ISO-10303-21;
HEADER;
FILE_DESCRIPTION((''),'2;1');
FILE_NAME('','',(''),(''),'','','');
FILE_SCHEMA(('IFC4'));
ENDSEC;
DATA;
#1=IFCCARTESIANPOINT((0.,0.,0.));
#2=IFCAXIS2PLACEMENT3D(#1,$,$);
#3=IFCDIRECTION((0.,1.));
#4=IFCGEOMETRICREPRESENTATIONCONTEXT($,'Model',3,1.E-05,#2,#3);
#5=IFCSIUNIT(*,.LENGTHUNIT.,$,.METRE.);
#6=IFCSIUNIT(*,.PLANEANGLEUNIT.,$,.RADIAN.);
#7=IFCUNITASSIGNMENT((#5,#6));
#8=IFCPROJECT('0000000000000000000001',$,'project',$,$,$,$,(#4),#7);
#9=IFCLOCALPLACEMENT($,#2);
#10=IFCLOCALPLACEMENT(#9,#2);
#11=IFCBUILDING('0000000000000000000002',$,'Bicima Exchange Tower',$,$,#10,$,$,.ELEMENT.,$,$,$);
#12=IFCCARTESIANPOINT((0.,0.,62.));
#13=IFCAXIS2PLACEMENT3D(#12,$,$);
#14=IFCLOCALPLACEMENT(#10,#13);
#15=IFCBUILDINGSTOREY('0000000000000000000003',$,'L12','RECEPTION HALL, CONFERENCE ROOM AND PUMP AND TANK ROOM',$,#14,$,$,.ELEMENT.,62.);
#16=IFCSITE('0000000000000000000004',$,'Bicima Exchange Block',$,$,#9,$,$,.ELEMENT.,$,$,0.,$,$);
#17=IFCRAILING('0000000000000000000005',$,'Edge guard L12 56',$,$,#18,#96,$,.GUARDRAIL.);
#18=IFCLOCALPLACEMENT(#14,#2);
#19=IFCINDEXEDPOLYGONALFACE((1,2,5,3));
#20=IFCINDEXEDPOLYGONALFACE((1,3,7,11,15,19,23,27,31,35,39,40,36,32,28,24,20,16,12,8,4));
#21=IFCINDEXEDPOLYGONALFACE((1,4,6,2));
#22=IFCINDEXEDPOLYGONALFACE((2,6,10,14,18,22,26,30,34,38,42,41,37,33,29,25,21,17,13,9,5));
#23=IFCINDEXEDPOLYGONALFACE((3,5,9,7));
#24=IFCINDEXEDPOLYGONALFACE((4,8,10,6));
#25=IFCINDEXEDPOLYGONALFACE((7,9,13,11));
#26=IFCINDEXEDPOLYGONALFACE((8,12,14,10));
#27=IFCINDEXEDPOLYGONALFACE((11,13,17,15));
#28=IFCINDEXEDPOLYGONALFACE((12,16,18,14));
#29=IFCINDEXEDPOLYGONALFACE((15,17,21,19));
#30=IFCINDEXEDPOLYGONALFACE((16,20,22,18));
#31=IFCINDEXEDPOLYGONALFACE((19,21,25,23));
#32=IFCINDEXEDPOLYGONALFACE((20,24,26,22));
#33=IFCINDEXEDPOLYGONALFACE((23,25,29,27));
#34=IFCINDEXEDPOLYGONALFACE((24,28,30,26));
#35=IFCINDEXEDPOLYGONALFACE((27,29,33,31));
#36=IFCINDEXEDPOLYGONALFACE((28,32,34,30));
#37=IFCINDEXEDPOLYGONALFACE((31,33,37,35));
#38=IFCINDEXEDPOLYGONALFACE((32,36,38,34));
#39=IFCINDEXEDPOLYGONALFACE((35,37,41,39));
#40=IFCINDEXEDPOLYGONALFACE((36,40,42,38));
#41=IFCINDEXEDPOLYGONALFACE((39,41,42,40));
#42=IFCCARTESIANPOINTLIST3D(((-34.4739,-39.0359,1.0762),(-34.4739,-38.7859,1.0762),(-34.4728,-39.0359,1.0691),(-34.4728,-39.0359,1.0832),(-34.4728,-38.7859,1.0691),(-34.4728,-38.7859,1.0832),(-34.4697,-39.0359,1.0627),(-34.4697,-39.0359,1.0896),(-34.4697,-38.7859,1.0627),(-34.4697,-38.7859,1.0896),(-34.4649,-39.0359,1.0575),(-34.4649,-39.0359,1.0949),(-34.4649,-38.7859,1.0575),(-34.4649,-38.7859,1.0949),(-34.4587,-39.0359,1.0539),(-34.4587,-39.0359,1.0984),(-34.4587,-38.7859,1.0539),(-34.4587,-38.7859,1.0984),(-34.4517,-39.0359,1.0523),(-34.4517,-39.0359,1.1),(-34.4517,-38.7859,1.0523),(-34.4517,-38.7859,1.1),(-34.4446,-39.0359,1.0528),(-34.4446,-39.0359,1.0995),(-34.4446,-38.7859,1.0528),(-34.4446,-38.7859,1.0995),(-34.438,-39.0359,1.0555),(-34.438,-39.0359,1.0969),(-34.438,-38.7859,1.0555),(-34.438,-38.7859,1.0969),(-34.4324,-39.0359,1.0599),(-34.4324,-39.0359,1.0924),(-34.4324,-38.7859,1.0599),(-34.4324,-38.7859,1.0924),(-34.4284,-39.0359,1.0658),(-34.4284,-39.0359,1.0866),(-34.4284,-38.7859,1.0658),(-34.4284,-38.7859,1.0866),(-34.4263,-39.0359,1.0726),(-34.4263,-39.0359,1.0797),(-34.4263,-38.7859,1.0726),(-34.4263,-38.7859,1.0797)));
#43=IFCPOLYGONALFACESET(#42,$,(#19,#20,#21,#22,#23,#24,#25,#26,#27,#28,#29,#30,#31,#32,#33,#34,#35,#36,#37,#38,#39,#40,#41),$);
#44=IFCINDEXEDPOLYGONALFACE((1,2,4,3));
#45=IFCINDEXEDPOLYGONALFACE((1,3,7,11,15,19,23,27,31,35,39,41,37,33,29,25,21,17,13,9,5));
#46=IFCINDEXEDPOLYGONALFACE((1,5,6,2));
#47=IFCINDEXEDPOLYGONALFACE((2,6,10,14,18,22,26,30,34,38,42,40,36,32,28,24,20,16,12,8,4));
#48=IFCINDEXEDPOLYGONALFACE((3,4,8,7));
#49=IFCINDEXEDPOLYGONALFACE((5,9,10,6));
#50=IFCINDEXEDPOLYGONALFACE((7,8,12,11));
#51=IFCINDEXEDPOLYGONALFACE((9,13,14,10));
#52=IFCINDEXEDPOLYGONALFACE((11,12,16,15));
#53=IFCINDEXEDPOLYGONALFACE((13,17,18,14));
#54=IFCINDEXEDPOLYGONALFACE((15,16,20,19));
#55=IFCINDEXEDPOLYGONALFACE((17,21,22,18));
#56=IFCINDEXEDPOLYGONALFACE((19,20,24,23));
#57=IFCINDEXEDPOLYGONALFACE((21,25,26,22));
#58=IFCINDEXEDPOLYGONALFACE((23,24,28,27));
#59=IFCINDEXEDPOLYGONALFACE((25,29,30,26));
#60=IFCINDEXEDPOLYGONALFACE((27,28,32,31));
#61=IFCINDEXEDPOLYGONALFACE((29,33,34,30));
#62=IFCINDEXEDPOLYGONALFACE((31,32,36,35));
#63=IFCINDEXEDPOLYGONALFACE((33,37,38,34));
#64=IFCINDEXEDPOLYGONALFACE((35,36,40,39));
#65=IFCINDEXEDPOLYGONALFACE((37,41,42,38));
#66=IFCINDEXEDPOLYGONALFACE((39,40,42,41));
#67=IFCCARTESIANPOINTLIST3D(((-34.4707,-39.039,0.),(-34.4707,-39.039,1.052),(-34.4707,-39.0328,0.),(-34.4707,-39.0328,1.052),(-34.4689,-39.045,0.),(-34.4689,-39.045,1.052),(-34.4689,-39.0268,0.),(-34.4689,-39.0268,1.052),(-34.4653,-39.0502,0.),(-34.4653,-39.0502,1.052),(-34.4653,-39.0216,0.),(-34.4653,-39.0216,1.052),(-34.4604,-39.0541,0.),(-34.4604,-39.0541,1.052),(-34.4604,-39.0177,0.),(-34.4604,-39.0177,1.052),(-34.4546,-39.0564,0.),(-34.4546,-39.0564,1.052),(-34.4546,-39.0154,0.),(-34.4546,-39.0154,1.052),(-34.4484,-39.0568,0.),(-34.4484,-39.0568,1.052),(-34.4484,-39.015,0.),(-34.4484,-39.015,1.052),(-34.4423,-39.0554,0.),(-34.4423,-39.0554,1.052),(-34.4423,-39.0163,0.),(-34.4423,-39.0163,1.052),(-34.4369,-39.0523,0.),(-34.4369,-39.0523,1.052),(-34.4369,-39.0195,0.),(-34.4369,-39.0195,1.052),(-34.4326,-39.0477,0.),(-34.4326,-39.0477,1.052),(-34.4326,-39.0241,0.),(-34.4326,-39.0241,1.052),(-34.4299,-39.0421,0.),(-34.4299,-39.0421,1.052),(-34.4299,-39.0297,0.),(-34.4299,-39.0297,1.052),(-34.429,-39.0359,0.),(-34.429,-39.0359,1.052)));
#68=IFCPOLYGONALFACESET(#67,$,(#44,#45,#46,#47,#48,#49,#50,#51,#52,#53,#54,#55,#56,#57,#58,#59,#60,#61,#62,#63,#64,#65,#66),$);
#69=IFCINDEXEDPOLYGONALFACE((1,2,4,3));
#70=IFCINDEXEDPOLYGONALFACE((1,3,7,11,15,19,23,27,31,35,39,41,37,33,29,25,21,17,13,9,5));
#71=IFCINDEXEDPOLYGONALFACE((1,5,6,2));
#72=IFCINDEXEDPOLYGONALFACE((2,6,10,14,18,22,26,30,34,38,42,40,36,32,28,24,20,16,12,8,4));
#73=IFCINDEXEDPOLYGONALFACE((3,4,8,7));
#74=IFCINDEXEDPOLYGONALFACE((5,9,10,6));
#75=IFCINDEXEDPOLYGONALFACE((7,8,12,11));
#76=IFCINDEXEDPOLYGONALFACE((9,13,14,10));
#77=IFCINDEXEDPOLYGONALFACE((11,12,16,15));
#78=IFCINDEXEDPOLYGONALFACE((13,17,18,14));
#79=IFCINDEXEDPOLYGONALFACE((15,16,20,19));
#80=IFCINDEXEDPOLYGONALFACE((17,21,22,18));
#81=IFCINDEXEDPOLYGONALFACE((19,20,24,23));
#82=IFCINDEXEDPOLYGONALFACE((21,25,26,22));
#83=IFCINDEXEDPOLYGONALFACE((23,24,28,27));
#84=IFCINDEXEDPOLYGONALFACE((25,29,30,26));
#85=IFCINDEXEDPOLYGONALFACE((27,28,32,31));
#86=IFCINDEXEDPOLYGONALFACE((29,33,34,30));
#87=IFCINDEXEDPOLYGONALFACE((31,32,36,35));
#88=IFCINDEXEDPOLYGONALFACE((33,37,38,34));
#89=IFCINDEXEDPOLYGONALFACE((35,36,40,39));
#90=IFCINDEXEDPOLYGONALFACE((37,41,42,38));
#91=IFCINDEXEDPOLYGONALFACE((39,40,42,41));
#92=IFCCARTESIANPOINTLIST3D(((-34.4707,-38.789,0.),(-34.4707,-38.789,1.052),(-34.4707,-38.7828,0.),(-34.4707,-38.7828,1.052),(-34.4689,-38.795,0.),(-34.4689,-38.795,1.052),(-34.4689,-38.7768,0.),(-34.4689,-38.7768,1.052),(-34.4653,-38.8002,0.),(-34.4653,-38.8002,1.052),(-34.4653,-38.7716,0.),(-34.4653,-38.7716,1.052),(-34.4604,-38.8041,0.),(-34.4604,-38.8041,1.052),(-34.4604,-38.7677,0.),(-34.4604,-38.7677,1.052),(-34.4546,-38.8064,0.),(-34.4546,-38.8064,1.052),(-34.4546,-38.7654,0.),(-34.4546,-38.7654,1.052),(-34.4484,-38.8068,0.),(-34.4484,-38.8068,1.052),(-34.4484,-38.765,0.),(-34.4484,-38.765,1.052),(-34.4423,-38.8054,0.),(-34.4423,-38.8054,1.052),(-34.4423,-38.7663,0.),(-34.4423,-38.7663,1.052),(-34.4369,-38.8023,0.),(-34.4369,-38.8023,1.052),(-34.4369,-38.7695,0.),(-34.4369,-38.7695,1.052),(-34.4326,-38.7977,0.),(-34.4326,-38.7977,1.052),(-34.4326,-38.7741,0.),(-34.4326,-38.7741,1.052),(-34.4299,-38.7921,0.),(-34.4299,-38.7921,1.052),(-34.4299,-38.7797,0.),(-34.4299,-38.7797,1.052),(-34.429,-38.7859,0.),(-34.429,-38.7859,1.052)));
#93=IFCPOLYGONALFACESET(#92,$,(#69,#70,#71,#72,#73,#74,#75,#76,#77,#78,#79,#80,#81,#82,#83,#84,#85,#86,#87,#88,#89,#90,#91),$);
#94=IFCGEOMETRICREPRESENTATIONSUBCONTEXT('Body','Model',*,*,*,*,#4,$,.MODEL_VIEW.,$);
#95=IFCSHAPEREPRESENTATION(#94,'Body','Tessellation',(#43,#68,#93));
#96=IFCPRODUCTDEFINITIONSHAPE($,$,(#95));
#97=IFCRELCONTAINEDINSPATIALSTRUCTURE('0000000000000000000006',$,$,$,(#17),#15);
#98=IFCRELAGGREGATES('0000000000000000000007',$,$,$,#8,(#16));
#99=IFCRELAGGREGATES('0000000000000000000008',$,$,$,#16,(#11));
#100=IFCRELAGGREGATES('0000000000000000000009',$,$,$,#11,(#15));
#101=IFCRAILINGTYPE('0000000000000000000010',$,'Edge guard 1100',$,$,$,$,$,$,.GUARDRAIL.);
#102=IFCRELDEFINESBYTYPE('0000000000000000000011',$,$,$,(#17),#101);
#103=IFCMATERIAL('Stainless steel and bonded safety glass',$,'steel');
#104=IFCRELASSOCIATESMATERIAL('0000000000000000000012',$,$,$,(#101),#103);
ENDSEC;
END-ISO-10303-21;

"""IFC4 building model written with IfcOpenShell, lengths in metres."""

from ifc_helpers import new_model, si_unit, direction, frame, origin, origin_2d, place, context, subcontext, project, spatial, circle, extrude, material, type_object, element, save


model = new_model("IFC4")

# Units and contexts
model_context = context("Model", 3, precision=1e-05, world=origin(), true_north=direction((0.0, 1.0)))
body_context = subcontext(model_context, "Body", "Model", "MODEL_VIEW")
ifc_project = project(units=[si_unit("LENGTHUNIT", "METRE"), si_unit("PLANEANGLEUNIT", "RADIAN")], contexts=[model_context])

# Site, building, storey
site_placement = place(None, origin())
site = spatial("IfcSite", under=ifc_project, at=site_placement, Name="Bicima Exchange Block", CompositionType="ELEMENT", RefElevation=0.0)
building_placement = place(site_placement, origin())
building = spatial("IfcBuilding", under=site, at=building_placement, Name="Bicima Exchange Tower", CompositionType="ELEMENT")
storey_placement = place(building_placement, frame((0.0, 0.0, 62.0)))
storey = spatial("IfcBuildingStorey", under=building, at=storey_placement, Name="L12", Description="RECEPTION HALL, CONFERENCE ROOM AND PUMP AND TANK ROOM", CompositionType="ELEMENT", Elevation=62.0)

# Railing
ifc_material_1 = material(Name="Stainless steel and bonded safety glass", Category="steel")
railing_type = type_object("IfcRailingType", Name="Edge guard 1100", PredefinedType="GUARDRAIL", material=ifc_material_1)
railing_1_placement = place(storey_placement, frame((-34.45, -39.0359, 0.0)))
element("IfcRailing", 1, at=railing_1_placement, inside=storey, type_object=railing_type, Name="Edge guard L12 56", PredefinedType="GUARDRAIL", context=body_context, shape_type="SweptSolid", body=[
    extrude(circle(Radius=0.0239, at=origin_2d()), frame((0.0, 0.0, 1.0762), z_axis=(0.0, 1.0, 0.0), x_axis=(-1.0, 0.0, 0.0)), (0.0, 0.0, 1.0), 0.25),
    extrude(circle(Radius=0.021, at=origin_2d()), origin(), (0.0, 0.0, 1.0), 1.052),
    extrude(circle(Radius=0.021, at=origin_2d()), frame((0.0, 0.25, 0.0)), (0.0, 0.0, 1.0), 1.052),
])

save(model, "model.ifc")
